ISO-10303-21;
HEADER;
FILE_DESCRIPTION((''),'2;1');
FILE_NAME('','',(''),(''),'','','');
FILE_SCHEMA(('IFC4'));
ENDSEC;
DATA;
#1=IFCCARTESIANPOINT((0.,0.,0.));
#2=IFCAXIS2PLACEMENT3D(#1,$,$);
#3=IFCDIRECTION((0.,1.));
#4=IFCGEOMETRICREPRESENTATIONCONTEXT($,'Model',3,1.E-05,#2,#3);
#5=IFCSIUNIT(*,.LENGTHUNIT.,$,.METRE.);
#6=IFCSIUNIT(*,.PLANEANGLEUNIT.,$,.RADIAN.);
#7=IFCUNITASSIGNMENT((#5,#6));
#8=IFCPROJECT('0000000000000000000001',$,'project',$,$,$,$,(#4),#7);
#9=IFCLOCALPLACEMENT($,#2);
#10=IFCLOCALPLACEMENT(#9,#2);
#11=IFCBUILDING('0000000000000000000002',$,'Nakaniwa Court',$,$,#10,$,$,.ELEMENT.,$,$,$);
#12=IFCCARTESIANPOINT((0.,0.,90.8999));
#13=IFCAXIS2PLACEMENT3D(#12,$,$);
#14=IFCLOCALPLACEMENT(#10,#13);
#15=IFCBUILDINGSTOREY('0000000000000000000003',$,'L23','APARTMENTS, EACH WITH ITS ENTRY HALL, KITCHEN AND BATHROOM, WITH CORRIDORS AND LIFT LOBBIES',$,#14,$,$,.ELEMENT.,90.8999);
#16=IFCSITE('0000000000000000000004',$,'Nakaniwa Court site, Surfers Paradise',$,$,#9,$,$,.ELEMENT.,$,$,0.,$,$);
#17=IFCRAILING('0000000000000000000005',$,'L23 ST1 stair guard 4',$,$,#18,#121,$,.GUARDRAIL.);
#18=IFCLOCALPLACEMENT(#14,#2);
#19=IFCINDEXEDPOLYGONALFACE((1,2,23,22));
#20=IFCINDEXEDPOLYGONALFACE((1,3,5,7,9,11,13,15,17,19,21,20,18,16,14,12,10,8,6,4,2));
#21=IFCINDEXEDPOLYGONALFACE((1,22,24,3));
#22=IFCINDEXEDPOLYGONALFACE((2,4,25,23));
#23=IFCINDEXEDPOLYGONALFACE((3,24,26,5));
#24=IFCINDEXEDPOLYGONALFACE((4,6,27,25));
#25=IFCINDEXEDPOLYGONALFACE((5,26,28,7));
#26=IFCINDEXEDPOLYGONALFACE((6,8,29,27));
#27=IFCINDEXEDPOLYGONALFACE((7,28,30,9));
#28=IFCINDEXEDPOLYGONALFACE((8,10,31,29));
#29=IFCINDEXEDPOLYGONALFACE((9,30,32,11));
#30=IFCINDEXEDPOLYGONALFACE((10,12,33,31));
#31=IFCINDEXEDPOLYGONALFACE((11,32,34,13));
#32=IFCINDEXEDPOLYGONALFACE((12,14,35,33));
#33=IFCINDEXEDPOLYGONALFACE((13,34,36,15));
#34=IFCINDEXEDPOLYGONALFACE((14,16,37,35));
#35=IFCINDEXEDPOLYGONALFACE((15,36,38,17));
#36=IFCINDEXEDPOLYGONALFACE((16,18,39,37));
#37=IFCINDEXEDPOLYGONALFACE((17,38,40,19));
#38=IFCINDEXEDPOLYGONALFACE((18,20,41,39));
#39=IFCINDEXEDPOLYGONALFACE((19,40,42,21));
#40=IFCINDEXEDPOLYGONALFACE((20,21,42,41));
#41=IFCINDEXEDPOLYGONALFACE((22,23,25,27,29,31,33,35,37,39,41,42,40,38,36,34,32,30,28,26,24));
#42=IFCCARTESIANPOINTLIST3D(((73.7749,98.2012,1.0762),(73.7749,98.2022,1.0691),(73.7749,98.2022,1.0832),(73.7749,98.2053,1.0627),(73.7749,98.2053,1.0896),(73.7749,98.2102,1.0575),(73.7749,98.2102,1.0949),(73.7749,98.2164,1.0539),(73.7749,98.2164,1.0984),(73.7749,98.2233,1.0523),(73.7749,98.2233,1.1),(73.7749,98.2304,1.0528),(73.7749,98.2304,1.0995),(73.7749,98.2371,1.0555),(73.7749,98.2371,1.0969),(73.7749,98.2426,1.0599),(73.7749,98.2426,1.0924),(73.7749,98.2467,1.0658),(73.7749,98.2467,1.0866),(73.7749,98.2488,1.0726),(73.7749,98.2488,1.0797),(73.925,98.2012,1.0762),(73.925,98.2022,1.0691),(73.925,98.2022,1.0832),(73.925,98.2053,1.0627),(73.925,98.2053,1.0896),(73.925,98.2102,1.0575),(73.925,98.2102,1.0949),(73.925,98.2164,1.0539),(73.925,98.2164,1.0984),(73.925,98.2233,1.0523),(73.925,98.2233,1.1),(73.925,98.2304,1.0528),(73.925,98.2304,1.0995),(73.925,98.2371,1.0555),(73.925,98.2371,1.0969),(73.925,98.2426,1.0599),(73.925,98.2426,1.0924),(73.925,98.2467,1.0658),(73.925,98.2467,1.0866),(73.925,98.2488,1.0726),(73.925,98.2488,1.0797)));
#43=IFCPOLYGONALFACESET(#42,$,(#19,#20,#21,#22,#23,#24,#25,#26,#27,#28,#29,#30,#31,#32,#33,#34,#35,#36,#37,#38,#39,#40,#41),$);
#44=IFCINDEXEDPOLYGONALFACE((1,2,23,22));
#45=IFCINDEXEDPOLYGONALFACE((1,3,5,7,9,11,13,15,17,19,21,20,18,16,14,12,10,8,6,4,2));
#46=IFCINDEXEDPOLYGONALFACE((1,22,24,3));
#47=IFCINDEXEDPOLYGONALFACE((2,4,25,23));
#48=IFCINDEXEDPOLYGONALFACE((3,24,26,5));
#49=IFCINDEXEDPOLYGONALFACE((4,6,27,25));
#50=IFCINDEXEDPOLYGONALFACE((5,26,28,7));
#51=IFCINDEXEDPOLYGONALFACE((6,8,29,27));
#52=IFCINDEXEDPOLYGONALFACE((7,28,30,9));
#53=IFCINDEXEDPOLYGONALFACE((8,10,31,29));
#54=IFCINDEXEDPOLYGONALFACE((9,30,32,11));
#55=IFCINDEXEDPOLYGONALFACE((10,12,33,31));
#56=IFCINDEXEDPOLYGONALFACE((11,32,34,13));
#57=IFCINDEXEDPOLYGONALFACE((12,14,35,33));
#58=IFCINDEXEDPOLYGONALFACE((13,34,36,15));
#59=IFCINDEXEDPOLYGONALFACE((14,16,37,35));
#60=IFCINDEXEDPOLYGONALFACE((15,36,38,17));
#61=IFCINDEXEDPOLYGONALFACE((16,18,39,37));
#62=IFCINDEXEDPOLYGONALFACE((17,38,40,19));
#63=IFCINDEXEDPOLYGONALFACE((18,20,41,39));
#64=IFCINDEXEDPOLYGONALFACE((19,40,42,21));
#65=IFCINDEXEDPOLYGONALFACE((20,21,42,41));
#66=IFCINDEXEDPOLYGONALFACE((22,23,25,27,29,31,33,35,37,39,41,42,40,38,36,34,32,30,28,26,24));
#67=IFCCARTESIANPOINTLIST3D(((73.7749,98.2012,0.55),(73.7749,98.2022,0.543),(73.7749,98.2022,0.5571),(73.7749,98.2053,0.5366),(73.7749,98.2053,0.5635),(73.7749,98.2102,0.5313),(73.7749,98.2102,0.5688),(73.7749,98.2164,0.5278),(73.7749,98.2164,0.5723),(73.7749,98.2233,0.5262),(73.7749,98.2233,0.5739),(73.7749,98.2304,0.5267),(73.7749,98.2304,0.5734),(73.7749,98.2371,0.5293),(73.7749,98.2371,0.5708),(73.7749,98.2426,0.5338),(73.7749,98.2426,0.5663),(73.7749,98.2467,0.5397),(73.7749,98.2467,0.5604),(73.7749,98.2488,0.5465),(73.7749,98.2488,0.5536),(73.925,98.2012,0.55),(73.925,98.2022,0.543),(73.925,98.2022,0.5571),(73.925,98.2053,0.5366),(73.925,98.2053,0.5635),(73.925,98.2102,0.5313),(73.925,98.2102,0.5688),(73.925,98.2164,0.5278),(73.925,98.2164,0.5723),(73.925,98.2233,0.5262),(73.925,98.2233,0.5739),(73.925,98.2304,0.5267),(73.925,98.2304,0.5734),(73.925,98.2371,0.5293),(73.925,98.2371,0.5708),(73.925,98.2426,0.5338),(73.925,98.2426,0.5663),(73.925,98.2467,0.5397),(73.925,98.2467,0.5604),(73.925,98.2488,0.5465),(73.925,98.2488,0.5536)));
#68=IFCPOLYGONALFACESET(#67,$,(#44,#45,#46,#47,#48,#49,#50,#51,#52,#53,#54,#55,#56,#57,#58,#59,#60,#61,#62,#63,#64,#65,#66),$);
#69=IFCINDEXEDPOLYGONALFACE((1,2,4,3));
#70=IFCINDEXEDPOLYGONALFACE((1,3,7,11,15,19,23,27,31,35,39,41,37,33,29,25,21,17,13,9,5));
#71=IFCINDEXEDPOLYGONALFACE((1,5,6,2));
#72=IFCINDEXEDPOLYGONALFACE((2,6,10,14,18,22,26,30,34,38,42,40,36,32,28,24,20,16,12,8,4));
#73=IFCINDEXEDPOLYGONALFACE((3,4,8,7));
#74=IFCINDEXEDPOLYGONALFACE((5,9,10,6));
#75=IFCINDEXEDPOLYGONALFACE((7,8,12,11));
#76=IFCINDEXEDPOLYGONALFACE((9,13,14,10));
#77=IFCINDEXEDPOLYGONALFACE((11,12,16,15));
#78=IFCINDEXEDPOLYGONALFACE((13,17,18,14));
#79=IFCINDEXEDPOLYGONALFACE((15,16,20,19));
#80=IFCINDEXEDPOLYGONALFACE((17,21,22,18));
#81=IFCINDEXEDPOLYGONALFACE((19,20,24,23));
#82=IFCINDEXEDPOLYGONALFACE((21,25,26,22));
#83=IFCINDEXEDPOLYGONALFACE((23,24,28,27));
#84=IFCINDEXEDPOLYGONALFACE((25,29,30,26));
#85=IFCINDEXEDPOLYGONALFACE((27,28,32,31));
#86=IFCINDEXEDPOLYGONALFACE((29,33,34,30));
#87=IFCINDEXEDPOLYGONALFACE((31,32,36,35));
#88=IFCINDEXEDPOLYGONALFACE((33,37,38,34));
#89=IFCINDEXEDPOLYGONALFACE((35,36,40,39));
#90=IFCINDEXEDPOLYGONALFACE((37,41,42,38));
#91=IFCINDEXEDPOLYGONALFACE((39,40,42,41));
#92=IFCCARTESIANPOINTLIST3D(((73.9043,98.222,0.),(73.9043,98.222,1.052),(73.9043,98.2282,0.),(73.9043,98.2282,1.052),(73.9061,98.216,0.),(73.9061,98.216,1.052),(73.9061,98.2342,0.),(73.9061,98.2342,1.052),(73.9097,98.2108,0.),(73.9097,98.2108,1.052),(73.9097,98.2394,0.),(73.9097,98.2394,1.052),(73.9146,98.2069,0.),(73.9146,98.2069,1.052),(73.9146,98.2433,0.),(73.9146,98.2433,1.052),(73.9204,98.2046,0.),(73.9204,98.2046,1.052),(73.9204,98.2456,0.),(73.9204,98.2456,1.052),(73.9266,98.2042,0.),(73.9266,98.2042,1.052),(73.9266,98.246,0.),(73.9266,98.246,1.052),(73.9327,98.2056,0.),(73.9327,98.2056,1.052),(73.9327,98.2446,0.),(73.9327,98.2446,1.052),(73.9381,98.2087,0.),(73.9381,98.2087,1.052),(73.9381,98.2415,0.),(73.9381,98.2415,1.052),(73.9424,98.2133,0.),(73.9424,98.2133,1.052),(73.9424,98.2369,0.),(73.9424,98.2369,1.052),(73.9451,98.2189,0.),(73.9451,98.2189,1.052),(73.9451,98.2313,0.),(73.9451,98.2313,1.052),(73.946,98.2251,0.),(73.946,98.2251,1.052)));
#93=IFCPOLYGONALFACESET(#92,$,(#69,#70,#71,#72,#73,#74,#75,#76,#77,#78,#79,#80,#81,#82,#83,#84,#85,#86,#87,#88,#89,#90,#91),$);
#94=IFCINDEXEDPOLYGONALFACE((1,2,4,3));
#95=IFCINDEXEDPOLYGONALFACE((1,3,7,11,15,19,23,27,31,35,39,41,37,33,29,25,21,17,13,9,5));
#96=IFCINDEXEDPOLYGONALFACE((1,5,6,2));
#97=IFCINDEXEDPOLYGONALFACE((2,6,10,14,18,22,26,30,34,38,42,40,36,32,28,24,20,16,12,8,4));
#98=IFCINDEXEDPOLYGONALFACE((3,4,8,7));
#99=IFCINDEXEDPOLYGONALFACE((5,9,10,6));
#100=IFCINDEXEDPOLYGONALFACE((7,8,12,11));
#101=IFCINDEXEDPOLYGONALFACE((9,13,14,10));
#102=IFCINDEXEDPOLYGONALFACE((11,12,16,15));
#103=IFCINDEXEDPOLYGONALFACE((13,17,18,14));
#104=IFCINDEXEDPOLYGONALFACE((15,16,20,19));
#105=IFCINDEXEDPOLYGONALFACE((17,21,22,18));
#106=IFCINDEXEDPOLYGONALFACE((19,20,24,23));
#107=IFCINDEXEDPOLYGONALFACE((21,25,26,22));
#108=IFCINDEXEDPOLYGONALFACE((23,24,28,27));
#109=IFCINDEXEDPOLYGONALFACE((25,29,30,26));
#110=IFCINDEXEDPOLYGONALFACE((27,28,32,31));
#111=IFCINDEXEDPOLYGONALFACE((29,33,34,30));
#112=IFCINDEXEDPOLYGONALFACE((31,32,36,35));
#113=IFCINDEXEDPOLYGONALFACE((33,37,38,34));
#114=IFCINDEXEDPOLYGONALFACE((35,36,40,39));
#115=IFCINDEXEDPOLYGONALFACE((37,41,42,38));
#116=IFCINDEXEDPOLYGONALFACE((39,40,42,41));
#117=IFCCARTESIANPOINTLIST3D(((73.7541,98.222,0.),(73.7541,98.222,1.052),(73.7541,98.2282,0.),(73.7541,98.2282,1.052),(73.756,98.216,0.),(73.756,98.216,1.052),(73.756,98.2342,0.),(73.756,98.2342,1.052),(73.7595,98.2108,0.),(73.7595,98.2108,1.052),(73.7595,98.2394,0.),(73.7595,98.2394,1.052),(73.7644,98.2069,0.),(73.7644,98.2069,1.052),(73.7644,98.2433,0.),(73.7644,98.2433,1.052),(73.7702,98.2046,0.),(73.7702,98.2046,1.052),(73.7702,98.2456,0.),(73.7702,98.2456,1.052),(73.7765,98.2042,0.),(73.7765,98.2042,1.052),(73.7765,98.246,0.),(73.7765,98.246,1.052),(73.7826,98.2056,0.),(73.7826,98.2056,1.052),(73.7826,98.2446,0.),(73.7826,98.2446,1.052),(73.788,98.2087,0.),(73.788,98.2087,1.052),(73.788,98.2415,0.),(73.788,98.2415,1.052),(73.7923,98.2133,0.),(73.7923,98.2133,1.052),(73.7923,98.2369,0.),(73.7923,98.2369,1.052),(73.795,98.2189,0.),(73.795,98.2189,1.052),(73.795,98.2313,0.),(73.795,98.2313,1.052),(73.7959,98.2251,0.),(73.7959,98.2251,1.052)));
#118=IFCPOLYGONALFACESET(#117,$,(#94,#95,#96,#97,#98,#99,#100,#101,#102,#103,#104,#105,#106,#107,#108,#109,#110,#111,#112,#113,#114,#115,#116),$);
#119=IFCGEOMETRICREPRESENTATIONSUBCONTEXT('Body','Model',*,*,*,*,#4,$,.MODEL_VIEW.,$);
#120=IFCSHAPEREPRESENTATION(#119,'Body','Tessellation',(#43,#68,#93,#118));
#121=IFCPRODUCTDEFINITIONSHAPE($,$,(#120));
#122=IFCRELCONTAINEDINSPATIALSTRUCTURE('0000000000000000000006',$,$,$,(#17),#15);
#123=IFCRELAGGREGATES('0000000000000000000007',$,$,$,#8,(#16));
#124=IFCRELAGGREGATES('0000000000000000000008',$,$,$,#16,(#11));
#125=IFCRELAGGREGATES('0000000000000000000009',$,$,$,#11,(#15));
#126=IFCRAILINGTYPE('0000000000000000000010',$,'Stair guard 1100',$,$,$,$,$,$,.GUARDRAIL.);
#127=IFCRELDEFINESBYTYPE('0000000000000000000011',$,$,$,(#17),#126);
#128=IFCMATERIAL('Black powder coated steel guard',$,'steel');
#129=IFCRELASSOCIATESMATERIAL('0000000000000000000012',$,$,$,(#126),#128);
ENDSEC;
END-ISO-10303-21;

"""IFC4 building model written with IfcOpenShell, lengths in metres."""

from ifc_helpers import new_model, si_unit, direction, frame, origin, origin_2d, place, context, subcontext, project, spatial, circle, extrude, material, type_object, element, save


model = new_model("IFC4")

# Units and contexts
model_context = context("Model", 3, precision=1e-05, world=origin(), true_north=direction((0.0, 1.0)))
body_context = subcontext(model_context, "Body", "Model", "MODEL_VIEW")
ifc_project = project(units=[si_unit("LENGTHUNIT", "METRE"), si_unit("PLANEANGLEUNIT", "RADIAN")], contexts=[model_context])

# Site, building, storey
site_placement = place(None, origin())
site = spatial("IfcSite", under=ifc_project, at=site_placement, Name="Nakaniwa Court site, Surfers Paradise", CompositionType="ELEMENT", RefElevation=0.0)
building_placement = place(site_placement, origin())
building = spatial("IfcBuilding", under=site, at=building_placement, Name="Nakaniwa Court", CompositionType="ELEMENT")
storey_placement = place(building_placement, frame((0.0, 0.0, 90.8999)))
storey = spatial("IfcBuildingStorey", under=building, at=storey_placement, Name="L23", Description="APARTMENTS, EACH WITH ITS ENTRY HALL, KITCHEN AND BATHROOM, WITH CORRIDORS AND LIFT LOBBIES", CompositionType="ELEMENT", Elevation=90.8999)

# Railing
ifc_material_1 = material(Name="Black powder coated steel guard", Category="steel")
railing_type_1 = type_object("IfcRailingType", Name="Stair guard 1100", PredefinedType="GUARDRAIL", material=ifc_material_1)
railing_1_placement = place(storey_placement, frame((73.925, 98.2251, 0.0)))
element("IfcRailing", 1, at=railing_1_placement, inside=storey, type_object=railing_type_1, Name="L23 ST1 stair guard 4", PredefinedType="GUARDRAIL", context=body_context, shape_type="SweptSolid", body=[
    extrude(circle(Radius=0.0239, at=origin_2d()), frame((0.0, 0.0, 1.0762), z_axis=(-1.0, 0.0, 0.0), x_axis=(0.0, -1.0, 0.0)), (0.0, 0.0, 1.0), 0.1501),
    extrude(circle(Radius=0.0239, at=origin_2d()), frame((0.0, 0.0, 0.55), z_axis=(-1.0, 0.0, 0.0), x_axis=(0.0, -1.0, 0.0)), (0.0, 0.0, 1.0), 0.1501),
    extrude(circle(Radius=0.021, at=origin_2d()), origin(), (0.0, 0.0, 1.0), 1.052),
    extrude(circle(Radius=0.021, at=origin_2d()), frame((-0.1501, 0.0, 0.0)), (0.0, 0.0, 1.0), 1.052),
])

save(model, "model.ifc")
